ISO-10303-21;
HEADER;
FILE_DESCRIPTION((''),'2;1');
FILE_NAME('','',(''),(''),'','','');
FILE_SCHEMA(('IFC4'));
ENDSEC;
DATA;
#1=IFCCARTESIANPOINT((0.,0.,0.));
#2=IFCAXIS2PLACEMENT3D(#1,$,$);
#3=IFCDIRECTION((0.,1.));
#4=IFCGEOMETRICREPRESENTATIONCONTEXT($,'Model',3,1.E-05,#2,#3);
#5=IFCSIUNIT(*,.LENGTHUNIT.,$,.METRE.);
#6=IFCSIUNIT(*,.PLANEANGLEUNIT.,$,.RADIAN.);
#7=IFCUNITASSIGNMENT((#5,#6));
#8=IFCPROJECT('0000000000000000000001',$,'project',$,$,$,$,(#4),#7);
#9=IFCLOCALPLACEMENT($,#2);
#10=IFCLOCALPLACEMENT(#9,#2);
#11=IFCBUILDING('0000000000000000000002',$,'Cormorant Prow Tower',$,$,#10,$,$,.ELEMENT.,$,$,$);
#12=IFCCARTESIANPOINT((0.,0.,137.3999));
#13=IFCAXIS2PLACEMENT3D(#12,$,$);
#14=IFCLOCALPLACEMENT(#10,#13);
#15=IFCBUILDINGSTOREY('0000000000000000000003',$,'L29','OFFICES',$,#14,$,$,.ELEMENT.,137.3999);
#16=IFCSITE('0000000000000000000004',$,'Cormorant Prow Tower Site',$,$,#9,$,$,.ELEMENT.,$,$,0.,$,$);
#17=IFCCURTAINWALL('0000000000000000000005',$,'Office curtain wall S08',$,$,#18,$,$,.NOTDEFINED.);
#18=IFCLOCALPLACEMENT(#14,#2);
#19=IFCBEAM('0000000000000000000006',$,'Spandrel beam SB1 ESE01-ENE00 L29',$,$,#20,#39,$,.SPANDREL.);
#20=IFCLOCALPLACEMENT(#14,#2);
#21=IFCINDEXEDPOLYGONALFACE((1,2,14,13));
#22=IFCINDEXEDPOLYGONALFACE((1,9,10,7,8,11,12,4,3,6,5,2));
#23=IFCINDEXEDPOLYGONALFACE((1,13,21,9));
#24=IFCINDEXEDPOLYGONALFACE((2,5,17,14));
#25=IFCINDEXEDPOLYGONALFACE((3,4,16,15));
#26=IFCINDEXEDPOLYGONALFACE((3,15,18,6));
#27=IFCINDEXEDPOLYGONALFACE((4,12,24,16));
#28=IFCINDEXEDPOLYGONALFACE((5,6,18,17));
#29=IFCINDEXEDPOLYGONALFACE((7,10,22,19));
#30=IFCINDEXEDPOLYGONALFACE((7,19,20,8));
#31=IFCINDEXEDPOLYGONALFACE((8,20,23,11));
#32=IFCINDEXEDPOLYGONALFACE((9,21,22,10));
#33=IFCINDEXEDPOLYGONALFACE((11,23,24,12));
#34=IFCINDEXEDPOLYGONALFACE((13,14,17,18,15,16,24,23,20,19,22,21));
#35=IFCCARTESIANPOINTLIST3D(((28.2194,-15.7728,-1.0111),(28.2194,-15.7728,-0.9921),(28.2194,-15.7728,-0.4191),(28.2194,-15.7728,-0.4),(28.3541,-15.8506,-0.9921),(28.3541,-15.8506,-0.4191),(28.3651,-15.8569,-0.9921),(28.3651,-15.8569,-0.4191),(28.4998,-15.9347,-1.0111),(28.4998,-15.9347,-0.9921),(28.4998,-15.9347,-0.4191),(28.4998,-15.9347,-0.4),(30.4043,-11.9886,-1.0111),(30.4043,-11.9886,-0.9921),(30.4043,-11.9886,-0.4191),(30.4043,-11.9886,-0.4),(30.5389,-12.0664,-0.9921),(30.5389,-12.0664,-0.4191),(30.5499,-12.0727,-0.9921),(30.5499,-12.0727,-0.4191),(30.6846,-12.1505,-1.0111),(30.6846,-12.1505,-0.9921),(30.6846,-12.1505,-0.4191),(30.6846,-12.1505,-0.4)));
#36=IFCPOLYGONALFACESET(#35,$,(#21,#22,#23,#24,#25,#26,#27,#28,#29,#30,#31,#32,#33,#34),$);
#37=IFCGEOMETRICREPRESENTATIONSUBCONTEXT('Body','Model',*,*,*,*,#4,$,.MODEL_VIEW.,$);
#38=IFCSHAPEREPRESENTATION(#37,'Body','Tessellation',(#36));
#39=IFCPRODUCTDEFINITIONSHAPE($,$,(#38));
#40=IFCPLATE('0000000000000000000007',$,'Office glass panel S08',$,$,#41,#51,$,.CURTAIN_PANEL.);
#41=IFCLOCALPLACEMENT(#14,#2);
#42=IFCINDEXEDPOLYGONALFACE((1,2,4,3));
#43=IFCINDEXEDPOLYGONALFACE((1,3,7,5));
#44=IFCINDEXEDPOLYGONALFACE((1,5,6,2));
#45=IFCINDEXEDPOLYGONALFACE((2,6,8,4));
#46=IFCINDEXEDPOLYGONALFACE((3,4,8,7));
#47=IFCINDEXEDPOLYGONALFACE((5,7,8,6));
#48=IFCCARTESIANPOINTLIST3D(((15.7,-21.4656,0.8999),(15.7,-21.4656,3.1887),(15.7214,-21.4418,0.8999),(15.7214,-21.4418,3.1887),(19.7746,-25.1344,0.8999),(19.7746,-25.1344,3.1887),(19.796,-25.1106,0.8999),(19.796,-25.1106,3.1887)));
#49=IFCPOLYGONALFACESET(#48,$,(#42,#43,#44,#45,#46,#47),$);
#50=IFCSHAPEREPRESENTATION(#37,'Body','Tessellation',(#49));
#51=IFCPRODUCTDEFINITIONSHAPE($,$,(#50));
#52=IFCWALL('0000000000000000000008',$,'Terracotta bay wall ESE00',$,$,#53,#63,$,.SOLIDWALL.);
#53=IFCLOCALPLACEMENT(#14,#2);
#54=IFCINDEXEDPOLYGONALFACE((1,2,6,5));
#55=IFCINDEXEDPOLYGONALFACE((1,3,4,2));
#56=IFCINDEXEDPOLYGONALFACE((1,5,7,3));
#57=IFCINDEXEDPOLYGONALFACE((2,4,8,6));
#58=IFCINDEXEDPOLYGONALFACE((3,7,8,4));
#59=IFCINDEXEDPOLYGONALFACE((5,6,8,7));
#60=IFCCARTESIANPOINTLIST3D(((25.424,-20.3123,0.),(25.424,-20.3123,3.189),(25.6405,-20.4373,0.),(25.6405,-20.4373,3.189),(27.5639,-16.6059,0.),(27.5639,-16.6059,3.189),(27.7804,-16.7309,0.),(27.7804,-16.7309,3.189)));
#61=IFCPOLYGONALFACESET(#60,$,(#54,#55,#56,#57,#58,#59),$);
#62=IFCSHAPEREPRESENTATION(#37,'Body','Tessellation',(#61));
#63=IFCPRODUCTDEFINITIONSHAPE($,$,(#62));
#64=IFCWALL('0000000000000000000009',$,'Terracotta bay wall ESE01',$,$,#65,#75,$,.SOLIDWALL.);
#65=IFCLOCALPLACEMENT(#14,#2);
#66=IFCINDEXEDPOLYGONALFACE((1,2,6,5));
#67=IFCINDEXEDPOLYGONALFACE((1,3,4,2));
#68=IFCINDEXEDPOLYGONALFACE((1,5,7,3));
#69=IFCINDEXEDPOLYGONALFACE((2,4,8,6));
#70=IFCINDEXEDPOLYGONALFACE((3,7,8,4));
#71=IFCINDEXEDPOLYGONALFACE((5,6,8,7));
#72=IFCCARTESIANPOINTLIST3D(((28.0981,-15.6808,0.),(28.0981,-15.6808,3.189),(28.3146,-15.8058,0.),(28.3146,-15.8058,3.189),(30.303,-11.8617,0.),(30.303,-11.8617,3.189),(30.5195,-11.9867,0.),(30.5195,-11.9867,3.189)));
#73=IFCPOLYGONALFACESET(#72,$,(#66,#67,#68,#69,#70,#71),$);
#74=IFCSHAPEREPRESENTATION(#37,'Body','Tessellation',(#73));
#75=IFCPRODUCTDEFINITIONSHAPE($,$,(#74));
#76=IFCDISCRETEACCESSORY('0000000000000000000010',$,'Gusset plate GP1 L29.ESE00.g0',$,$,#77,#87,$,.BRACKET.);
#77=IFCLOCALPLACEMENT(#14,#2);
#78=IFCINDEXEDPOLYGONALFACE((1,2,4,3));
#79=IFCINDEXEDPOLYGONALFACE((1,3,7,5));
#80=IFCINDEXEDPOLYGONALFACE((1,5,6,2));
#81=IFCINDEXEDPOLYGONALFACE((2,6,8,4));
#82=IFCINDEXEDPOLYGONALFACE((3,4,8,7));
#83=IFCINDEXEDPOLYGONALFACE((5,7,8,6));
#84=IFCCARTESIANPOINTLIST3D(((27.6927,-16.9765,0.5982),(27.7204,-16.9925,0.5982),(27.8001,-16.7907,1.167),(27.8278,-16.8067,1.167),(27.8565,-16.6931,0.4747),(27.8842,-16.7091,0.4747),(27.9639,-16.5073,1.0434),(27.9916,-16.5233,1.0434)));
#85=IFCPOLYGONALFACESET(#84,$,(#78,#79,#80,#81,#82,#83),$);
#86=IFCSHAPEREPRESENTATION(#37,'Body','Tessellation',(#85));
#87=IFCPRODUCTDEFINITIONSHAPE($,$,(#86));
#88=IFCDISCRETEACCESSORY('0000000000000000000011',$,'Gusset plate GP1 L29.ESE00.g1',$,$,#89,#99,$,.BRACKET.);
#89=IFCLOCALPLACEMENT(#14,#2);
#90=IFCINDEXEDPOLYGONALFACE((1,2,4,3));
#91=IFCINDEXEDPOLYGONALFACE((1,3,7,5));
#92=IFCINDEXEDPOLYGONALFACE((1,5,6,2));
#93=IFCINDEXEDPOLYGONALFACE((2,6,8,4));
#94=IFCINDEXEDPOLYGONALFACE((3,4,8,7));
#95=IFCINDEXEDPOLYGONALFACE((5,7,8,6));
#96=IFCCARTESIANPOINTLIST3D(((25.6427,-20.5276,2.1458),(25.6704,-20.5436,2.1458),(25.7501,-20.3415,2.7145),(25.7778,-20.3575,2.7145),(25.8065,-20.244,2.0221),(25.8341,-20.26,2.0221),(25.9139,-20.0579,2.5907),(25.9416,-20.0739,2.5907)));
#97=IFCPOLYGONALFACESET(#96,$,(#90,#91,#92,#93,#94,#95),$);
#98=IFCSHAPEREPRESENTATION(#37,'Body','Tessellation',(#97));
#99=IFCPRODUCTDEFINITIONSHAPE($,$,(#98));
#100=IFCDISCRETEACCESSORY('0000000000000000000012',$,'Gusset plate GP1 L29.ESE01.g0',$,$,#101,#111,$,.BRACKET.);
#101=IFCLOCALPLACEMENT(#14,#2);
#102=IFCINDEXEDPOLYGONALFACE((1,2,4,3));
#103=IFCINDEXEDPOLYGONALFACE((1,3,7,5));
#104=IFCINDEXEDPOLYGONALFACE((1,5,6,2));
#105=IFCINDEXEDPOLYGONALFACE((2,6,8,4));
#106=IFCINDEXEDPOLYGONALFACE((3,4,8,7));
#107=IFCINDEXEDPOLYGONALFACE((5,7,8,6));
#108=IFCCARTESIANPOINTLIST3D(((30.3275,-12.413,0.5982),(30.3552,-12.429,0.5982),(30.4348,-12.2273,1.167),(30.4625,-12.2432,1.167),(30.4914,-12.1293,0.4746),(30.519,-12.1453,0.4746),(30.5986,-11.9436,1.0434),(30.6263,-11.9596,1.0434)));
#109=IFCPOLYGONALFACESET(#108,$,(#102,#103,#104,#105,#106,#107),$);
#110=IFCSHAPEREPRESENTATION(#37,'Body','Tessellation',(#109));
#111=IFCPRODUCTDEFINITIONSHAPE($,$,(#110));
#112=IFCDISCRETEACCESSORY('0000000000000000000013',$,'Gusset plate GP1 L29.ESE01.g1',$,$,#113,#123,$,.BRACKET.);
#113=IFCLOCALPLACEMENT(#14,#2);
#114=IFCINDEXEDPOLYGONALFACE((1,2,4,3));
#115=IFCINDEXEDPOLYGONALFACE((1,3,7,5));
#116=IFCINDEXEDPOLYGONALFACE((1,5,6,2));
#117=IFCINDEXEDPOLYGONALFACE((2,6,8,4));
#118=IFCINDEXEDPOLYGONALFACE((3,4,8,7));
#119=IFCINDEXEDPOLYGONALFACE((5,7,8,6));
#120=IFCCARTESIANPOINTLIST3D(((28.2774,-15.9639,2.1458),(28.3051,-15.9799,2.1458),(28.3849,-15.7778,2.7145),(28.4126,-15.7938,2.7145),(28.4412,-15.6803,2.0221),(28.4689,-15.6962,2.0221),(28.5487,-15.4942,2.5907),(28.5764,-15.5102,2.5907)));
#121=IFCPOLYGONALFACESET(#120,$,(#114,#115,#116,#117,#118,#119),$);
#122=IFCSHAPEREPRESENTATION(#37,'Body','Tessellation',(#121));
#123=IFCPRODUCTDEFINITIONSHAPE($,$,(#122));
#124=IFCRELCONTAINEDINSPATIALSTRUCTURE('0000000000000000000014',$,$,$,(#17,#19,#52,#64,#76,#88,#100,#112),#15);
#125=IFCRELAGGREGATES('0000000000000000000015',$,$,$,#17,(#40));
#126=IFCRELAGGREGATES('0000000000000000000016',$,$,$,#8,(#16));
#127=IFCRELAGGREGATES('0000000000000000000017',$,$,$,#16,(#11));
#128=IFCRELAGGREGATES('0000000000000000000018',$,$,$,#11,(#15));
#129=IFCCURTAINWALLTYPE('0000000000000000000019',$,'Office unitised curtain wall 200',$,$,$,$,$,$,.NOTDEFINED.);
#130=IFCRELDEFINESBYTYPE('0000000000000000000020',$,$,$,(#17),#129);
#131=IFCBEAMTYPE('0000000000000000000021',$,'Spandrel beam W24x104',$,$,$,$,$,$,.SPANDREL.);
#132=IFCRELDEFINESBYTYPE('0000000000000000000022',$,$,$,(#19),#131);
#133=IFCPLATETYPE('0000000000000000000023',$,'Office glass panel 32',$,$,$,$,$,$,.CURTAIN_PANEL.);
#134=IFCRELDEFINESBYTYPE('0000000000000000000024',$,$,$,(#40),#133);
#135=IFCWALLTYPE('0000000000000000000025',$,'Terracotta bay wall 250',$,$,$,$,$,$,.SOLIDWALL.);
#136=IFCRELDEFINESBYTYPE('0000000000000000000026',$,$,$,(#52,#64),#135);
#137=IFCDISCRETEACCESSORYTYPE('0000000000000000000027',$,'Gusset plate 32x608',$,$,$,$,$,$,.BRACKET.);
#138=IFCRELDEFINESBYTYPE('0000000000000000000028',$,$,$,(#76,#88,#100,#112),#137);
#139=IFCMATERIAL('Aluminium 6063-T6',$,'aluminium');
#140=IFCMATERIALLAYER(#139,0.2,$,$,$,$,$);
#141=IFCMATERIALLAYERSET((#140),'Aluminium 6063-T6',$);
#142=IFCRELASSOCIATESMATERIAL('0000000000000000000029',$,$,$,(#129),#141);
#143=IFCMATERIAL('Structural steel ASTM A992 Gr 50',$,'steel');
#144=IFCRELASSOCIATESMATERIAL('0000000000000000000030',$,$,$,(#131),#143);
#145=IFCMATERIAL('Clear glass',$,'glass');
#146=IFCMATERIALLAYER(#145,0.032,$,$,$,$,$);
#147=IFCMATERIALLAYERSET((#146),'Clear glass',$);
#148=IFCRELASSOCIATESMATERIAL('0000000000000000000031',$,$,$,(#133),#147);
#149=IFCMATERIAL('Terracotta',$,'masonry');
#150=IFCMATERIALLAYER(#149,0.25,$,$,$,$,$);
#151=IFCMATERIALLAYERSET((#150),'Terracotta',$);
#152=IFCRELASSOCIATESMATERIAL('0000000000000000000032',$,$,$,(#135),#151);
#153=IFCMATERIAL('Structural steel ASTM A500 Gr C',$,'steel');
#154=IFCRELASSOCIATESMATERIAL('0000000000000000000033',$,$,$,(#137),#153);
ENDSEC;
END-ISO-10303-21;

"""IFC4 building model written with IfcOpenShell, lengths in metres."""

from ifc_helpers import new_model, si_unit, direction, frame, frame_2d, origin, origin_2d, place, context, subcontext, project, spatial, rectangle, i_section, extrude, material, layer, layer_set, material_profile, profile_set, type_object, element, aggregate, save


model = new_model("IFC4")

# Units and contexts
model_context = context("Model", 3, precision=1e-05, world=origin(), true_north=direction((0.0, 1.0)))
body_context = subcontext(model_context, "Body", "Model", "MODEL_VIEW")
ifc_project = project(units=[si_unit("LENGTHUNIT", "METRE"), si_unit("PLANEANGLEUNIT", "RADIAN")], contexts=[model_context])

# Site, building, storey
site_placement = place(None, origin())
site = spatial("IfcSite", under=ifc_project, at=site_placement, Name="Cormorant Prow Tower Site", CompositionType="ELEMENT", RefElevation=0.0)
building_placement = place(site_placement, origin())
building = spatial("IfcBuilding", under=site, at=building_placement, Name="Cormorant Prow Tower", CompositionType="ELEMENT")
storey_placement = place(building_placement, frame((0.0, 0.0, 137.3999)))
storey = spatial("IfcBuildingStorey", under=building, at=storey_placement, Name="L29", Description="OFFICES", CompositionType="ELEMENT", Elevation=137.3999)

# Curtain wall
ifc_material_1 = material(Name="Aluminium 6063-T6", Category="aluminium")
ifc_layer_1 = layer(ifc_material_1, 0.2)
ifc_layer_set_1 = layer_set([ifc_layer_1], Name="Aluminium 6063-T6")
curtain_wall_type = type_object("IfcCurtainWallType", Name="Office unitised curtain wall 200", PredefinedType="NOTDEFINED", material=ifc_layer_set_1)
curtain_wall_placement = place(storey_placement, origin())
curtain_wall = element("IfcCurtainWall", 1, at=curtain_wall_placement, inside=storey, type_object=curtain_wall_type, Name="Office curtain wall S08", PredefinedType="NOTDEFINED")

# Beam
ifc_material_2 = material(Name="Structural steel ASTM A992 Gr 50", Category="steel")
ifc_material_profile_1 = material_profile(ifc_material_2, i_section(OverallWidth=0.3237, OverallDepth=0.6111, WebThickness=0.0127, FlangeThickness=0.019, at=origin_2d()), Name="W24x104")
ifc_profile_set_1 = profile_set([ifc_material_profile_1], Name="Structural steel ASTM A992 Gr 50")
beam_type = type_object("IfcBeamType", Name="Spandrel beam W24x104", PredefinedType="SPANDREL", material=ifc_profile_set_1)
for number, where, z_axis, x_axis, name in (
    (2, (28.3596, -15.8538, -0.7056), (0.500003, 0.866024, 0.0), (-0.866024, 0.500003, 0.0), "Spandrel beam SB1 ESE01-ENE00 L29"),
):
    element("IfcBeam", number, at=place(storey_placement, frame(where, z_axis=z_axis, x_axis=x_axis)), inside=storey, type_object=beam_type, Name=name, PredefinedType="SPANDREL", context=body_context, shape_type="SweptSolid", body=[
        extrude(i_section(OverallWidth=0.3237, OverallDepth=0.6111, WebThickness=0.0127, FlangeThickness=0.019, at=origin_2d()), origin(), (0.0, 0.0, 1.0), 4.3696),
    ])

# Plate
ifc_material_3 = material(Name="Clear glass", Category="glass")
ifc_layer_2 = layer(ifc_material_3, 0.032)
ifc_layer_set_2 = layer_set([ifc_layer_2], Name="Clear glass")
plate_type = type_object("IfcPlateType", Name="Office glass panel 32", PredefinedType="CURTAIN_PANEL", material=ifc_layer_set_2)
plate_placement = place(storey_placement, frame((17.748, -23.2881, 0.8999), z_axis=(0.0, 0.0, 1.0), x_axis=(0.743145, -0.669131, 0.0)))
plate = element("IfcPlate", 3, at=plate_placement, type_object=plate_type, Name="Office glass panel S08", PredefinedType="CURTAIN_PANEL", context=body_context, shape_type="SweptSolid", body=[
    extrude(rectangle(XDim=5.4829, YDim=0.032, at=origin_2d()), origin(), (0.0, 0.0, 1.0), 2.2888),
])
aggregate(curtain_wall, [plate])

# Walls
ifc_material_4 = material(Name="Terracotta", Category="masonry")
ifc_layer_3 = layer(ifc_material_4, 0.25)
ifc_layer_set_3 = layer_set([ifc_layer_3], Name="Terracotta")
wall_type_1 = type_object("IfcWallType", Name="Terracotta bay wall 250", PredefinedType="SOLIDWALL", material=ifc_layer_set_3)
wall_1_placement = place(storey_placement, frame((25.5322, -20.3748, 0.0), z_axis=(0.0, 0.0, 1.0), x_axis=(0.500011, 0.866019, 0.0)))
element("IfcWall", 4, at=wall_1_placement, inside=storey, type_object=wall_type_1, Name="Terracotta bay wall ESE00", PredefinedType="SOLIDWALL", context=body_context, shape_type="SweptSolid", body=[
    extrude(rectangle(XDim=4.2798, YDim=0.25, at=frame_2d((2.1399, 0.0))), origin(), (0.0, 0.0, 1.0), 3.189),
])
wall_2_placement = place(storey_placement, frame((28.2063, -15.7434, 0.0), z_axis=(0.0, 0.0, 1.0), x_axis=(0.49998, 0.866037, 0.0)))
element("IfcWall", 5, at=wall_2_placement, inside=storey, type_object=wall_type_1, Name="Terracotta bay wall ESE01", PredefinedType="SOLIDWALL", context=body_context, shape_type="SweptSolid", body=[
    extrude(rectangle(XDim=4.4099, YDim=0.25, at=frame_2d((2.2051, 0.0))), origin(), (0.0, 0.0, 1.0), 3.189),
])

# Discrete accessories
ifc_material_5 = material(Name="Structural steel ASTM A500 Gr C", Category="steel")
ifc_material_profile_2 = material_profile(ifc_material_5, rectangle(XDim=0.032, YDim=0.6079, at=origin_2d()), Name="Gusset plate 32x608")
ifc_profile_set_2 = profile_set([ifc_material_profile_2], Name="Structural steel ASTM A500 Gr C")
discrete_accessory_type = type_object("IfcDiscreteAccessoryType", Name="Gusset plate 32x608", PredefinedType="BRACKET", material=ifc_profile_set_2)
discrete_accessory_placement = place(storey_placement, frame((27.7603, -16.8916, 0.8826), z_axis=(0.468168, 0.810049, -0.353044), x_axis=(-0.8658, 0.500389, 0.0)))
element("IfcDiscreteAccessory", 6, at=discrete_accessory_placement, inside=storey, type_object=discrete_accessory_type, Name="Gusset plate GP1 L29.ESE00.g0", PredefinedType="BRACKET", context=body_context, shape_type="SweptSolid", body=[
    extrude(rectangle(XDim=0.032, YDim=0.6079, at=origin_2d()), origin(), (0.0, 0.0, 1.0), 0.3499),
])
for number, where, z_axis, x_axis, name in (
    (7, (25.874, -20.1589, 2.3064), (-0.467788, -0.810089, 0.353455), (0.865987, -0.500067, 0.0), "Gusset plate GP1 L29.ESE00.g1"),
    (8, (30.395, -12.3281, 0.8826), (0.467903, 0.810288, -0.352845), (-0.865987, 0.500067, 0.0), "Gusset plate GP1 L29.ESE01.g0"),
    (9, (28.5088, -15.5952, 2.3064), (-0.467788, -0.810089, 0.353455), (0.865987, -0.500067, 0.0), "Gusset plate GP1 L29.ESE01.g1"),
):
    element("IfcDiscreteAccessory", number, at=place(storey_placement, frame(where, z_axis=z_axis, x_axis=x_axis)), inside=storey, type_object=discrete_accessory_type, Name=name, PredefinedType="BRACKET", context=body_context, shape_type="SweptSolid", body=[
        extrude(rectangle(XDim=0.032, YDim=0.6079, at=origin_2d()), origin(), (0.0, 0.0, 1.0), 0.3501),
    ])

save(model, "model.ifc")
